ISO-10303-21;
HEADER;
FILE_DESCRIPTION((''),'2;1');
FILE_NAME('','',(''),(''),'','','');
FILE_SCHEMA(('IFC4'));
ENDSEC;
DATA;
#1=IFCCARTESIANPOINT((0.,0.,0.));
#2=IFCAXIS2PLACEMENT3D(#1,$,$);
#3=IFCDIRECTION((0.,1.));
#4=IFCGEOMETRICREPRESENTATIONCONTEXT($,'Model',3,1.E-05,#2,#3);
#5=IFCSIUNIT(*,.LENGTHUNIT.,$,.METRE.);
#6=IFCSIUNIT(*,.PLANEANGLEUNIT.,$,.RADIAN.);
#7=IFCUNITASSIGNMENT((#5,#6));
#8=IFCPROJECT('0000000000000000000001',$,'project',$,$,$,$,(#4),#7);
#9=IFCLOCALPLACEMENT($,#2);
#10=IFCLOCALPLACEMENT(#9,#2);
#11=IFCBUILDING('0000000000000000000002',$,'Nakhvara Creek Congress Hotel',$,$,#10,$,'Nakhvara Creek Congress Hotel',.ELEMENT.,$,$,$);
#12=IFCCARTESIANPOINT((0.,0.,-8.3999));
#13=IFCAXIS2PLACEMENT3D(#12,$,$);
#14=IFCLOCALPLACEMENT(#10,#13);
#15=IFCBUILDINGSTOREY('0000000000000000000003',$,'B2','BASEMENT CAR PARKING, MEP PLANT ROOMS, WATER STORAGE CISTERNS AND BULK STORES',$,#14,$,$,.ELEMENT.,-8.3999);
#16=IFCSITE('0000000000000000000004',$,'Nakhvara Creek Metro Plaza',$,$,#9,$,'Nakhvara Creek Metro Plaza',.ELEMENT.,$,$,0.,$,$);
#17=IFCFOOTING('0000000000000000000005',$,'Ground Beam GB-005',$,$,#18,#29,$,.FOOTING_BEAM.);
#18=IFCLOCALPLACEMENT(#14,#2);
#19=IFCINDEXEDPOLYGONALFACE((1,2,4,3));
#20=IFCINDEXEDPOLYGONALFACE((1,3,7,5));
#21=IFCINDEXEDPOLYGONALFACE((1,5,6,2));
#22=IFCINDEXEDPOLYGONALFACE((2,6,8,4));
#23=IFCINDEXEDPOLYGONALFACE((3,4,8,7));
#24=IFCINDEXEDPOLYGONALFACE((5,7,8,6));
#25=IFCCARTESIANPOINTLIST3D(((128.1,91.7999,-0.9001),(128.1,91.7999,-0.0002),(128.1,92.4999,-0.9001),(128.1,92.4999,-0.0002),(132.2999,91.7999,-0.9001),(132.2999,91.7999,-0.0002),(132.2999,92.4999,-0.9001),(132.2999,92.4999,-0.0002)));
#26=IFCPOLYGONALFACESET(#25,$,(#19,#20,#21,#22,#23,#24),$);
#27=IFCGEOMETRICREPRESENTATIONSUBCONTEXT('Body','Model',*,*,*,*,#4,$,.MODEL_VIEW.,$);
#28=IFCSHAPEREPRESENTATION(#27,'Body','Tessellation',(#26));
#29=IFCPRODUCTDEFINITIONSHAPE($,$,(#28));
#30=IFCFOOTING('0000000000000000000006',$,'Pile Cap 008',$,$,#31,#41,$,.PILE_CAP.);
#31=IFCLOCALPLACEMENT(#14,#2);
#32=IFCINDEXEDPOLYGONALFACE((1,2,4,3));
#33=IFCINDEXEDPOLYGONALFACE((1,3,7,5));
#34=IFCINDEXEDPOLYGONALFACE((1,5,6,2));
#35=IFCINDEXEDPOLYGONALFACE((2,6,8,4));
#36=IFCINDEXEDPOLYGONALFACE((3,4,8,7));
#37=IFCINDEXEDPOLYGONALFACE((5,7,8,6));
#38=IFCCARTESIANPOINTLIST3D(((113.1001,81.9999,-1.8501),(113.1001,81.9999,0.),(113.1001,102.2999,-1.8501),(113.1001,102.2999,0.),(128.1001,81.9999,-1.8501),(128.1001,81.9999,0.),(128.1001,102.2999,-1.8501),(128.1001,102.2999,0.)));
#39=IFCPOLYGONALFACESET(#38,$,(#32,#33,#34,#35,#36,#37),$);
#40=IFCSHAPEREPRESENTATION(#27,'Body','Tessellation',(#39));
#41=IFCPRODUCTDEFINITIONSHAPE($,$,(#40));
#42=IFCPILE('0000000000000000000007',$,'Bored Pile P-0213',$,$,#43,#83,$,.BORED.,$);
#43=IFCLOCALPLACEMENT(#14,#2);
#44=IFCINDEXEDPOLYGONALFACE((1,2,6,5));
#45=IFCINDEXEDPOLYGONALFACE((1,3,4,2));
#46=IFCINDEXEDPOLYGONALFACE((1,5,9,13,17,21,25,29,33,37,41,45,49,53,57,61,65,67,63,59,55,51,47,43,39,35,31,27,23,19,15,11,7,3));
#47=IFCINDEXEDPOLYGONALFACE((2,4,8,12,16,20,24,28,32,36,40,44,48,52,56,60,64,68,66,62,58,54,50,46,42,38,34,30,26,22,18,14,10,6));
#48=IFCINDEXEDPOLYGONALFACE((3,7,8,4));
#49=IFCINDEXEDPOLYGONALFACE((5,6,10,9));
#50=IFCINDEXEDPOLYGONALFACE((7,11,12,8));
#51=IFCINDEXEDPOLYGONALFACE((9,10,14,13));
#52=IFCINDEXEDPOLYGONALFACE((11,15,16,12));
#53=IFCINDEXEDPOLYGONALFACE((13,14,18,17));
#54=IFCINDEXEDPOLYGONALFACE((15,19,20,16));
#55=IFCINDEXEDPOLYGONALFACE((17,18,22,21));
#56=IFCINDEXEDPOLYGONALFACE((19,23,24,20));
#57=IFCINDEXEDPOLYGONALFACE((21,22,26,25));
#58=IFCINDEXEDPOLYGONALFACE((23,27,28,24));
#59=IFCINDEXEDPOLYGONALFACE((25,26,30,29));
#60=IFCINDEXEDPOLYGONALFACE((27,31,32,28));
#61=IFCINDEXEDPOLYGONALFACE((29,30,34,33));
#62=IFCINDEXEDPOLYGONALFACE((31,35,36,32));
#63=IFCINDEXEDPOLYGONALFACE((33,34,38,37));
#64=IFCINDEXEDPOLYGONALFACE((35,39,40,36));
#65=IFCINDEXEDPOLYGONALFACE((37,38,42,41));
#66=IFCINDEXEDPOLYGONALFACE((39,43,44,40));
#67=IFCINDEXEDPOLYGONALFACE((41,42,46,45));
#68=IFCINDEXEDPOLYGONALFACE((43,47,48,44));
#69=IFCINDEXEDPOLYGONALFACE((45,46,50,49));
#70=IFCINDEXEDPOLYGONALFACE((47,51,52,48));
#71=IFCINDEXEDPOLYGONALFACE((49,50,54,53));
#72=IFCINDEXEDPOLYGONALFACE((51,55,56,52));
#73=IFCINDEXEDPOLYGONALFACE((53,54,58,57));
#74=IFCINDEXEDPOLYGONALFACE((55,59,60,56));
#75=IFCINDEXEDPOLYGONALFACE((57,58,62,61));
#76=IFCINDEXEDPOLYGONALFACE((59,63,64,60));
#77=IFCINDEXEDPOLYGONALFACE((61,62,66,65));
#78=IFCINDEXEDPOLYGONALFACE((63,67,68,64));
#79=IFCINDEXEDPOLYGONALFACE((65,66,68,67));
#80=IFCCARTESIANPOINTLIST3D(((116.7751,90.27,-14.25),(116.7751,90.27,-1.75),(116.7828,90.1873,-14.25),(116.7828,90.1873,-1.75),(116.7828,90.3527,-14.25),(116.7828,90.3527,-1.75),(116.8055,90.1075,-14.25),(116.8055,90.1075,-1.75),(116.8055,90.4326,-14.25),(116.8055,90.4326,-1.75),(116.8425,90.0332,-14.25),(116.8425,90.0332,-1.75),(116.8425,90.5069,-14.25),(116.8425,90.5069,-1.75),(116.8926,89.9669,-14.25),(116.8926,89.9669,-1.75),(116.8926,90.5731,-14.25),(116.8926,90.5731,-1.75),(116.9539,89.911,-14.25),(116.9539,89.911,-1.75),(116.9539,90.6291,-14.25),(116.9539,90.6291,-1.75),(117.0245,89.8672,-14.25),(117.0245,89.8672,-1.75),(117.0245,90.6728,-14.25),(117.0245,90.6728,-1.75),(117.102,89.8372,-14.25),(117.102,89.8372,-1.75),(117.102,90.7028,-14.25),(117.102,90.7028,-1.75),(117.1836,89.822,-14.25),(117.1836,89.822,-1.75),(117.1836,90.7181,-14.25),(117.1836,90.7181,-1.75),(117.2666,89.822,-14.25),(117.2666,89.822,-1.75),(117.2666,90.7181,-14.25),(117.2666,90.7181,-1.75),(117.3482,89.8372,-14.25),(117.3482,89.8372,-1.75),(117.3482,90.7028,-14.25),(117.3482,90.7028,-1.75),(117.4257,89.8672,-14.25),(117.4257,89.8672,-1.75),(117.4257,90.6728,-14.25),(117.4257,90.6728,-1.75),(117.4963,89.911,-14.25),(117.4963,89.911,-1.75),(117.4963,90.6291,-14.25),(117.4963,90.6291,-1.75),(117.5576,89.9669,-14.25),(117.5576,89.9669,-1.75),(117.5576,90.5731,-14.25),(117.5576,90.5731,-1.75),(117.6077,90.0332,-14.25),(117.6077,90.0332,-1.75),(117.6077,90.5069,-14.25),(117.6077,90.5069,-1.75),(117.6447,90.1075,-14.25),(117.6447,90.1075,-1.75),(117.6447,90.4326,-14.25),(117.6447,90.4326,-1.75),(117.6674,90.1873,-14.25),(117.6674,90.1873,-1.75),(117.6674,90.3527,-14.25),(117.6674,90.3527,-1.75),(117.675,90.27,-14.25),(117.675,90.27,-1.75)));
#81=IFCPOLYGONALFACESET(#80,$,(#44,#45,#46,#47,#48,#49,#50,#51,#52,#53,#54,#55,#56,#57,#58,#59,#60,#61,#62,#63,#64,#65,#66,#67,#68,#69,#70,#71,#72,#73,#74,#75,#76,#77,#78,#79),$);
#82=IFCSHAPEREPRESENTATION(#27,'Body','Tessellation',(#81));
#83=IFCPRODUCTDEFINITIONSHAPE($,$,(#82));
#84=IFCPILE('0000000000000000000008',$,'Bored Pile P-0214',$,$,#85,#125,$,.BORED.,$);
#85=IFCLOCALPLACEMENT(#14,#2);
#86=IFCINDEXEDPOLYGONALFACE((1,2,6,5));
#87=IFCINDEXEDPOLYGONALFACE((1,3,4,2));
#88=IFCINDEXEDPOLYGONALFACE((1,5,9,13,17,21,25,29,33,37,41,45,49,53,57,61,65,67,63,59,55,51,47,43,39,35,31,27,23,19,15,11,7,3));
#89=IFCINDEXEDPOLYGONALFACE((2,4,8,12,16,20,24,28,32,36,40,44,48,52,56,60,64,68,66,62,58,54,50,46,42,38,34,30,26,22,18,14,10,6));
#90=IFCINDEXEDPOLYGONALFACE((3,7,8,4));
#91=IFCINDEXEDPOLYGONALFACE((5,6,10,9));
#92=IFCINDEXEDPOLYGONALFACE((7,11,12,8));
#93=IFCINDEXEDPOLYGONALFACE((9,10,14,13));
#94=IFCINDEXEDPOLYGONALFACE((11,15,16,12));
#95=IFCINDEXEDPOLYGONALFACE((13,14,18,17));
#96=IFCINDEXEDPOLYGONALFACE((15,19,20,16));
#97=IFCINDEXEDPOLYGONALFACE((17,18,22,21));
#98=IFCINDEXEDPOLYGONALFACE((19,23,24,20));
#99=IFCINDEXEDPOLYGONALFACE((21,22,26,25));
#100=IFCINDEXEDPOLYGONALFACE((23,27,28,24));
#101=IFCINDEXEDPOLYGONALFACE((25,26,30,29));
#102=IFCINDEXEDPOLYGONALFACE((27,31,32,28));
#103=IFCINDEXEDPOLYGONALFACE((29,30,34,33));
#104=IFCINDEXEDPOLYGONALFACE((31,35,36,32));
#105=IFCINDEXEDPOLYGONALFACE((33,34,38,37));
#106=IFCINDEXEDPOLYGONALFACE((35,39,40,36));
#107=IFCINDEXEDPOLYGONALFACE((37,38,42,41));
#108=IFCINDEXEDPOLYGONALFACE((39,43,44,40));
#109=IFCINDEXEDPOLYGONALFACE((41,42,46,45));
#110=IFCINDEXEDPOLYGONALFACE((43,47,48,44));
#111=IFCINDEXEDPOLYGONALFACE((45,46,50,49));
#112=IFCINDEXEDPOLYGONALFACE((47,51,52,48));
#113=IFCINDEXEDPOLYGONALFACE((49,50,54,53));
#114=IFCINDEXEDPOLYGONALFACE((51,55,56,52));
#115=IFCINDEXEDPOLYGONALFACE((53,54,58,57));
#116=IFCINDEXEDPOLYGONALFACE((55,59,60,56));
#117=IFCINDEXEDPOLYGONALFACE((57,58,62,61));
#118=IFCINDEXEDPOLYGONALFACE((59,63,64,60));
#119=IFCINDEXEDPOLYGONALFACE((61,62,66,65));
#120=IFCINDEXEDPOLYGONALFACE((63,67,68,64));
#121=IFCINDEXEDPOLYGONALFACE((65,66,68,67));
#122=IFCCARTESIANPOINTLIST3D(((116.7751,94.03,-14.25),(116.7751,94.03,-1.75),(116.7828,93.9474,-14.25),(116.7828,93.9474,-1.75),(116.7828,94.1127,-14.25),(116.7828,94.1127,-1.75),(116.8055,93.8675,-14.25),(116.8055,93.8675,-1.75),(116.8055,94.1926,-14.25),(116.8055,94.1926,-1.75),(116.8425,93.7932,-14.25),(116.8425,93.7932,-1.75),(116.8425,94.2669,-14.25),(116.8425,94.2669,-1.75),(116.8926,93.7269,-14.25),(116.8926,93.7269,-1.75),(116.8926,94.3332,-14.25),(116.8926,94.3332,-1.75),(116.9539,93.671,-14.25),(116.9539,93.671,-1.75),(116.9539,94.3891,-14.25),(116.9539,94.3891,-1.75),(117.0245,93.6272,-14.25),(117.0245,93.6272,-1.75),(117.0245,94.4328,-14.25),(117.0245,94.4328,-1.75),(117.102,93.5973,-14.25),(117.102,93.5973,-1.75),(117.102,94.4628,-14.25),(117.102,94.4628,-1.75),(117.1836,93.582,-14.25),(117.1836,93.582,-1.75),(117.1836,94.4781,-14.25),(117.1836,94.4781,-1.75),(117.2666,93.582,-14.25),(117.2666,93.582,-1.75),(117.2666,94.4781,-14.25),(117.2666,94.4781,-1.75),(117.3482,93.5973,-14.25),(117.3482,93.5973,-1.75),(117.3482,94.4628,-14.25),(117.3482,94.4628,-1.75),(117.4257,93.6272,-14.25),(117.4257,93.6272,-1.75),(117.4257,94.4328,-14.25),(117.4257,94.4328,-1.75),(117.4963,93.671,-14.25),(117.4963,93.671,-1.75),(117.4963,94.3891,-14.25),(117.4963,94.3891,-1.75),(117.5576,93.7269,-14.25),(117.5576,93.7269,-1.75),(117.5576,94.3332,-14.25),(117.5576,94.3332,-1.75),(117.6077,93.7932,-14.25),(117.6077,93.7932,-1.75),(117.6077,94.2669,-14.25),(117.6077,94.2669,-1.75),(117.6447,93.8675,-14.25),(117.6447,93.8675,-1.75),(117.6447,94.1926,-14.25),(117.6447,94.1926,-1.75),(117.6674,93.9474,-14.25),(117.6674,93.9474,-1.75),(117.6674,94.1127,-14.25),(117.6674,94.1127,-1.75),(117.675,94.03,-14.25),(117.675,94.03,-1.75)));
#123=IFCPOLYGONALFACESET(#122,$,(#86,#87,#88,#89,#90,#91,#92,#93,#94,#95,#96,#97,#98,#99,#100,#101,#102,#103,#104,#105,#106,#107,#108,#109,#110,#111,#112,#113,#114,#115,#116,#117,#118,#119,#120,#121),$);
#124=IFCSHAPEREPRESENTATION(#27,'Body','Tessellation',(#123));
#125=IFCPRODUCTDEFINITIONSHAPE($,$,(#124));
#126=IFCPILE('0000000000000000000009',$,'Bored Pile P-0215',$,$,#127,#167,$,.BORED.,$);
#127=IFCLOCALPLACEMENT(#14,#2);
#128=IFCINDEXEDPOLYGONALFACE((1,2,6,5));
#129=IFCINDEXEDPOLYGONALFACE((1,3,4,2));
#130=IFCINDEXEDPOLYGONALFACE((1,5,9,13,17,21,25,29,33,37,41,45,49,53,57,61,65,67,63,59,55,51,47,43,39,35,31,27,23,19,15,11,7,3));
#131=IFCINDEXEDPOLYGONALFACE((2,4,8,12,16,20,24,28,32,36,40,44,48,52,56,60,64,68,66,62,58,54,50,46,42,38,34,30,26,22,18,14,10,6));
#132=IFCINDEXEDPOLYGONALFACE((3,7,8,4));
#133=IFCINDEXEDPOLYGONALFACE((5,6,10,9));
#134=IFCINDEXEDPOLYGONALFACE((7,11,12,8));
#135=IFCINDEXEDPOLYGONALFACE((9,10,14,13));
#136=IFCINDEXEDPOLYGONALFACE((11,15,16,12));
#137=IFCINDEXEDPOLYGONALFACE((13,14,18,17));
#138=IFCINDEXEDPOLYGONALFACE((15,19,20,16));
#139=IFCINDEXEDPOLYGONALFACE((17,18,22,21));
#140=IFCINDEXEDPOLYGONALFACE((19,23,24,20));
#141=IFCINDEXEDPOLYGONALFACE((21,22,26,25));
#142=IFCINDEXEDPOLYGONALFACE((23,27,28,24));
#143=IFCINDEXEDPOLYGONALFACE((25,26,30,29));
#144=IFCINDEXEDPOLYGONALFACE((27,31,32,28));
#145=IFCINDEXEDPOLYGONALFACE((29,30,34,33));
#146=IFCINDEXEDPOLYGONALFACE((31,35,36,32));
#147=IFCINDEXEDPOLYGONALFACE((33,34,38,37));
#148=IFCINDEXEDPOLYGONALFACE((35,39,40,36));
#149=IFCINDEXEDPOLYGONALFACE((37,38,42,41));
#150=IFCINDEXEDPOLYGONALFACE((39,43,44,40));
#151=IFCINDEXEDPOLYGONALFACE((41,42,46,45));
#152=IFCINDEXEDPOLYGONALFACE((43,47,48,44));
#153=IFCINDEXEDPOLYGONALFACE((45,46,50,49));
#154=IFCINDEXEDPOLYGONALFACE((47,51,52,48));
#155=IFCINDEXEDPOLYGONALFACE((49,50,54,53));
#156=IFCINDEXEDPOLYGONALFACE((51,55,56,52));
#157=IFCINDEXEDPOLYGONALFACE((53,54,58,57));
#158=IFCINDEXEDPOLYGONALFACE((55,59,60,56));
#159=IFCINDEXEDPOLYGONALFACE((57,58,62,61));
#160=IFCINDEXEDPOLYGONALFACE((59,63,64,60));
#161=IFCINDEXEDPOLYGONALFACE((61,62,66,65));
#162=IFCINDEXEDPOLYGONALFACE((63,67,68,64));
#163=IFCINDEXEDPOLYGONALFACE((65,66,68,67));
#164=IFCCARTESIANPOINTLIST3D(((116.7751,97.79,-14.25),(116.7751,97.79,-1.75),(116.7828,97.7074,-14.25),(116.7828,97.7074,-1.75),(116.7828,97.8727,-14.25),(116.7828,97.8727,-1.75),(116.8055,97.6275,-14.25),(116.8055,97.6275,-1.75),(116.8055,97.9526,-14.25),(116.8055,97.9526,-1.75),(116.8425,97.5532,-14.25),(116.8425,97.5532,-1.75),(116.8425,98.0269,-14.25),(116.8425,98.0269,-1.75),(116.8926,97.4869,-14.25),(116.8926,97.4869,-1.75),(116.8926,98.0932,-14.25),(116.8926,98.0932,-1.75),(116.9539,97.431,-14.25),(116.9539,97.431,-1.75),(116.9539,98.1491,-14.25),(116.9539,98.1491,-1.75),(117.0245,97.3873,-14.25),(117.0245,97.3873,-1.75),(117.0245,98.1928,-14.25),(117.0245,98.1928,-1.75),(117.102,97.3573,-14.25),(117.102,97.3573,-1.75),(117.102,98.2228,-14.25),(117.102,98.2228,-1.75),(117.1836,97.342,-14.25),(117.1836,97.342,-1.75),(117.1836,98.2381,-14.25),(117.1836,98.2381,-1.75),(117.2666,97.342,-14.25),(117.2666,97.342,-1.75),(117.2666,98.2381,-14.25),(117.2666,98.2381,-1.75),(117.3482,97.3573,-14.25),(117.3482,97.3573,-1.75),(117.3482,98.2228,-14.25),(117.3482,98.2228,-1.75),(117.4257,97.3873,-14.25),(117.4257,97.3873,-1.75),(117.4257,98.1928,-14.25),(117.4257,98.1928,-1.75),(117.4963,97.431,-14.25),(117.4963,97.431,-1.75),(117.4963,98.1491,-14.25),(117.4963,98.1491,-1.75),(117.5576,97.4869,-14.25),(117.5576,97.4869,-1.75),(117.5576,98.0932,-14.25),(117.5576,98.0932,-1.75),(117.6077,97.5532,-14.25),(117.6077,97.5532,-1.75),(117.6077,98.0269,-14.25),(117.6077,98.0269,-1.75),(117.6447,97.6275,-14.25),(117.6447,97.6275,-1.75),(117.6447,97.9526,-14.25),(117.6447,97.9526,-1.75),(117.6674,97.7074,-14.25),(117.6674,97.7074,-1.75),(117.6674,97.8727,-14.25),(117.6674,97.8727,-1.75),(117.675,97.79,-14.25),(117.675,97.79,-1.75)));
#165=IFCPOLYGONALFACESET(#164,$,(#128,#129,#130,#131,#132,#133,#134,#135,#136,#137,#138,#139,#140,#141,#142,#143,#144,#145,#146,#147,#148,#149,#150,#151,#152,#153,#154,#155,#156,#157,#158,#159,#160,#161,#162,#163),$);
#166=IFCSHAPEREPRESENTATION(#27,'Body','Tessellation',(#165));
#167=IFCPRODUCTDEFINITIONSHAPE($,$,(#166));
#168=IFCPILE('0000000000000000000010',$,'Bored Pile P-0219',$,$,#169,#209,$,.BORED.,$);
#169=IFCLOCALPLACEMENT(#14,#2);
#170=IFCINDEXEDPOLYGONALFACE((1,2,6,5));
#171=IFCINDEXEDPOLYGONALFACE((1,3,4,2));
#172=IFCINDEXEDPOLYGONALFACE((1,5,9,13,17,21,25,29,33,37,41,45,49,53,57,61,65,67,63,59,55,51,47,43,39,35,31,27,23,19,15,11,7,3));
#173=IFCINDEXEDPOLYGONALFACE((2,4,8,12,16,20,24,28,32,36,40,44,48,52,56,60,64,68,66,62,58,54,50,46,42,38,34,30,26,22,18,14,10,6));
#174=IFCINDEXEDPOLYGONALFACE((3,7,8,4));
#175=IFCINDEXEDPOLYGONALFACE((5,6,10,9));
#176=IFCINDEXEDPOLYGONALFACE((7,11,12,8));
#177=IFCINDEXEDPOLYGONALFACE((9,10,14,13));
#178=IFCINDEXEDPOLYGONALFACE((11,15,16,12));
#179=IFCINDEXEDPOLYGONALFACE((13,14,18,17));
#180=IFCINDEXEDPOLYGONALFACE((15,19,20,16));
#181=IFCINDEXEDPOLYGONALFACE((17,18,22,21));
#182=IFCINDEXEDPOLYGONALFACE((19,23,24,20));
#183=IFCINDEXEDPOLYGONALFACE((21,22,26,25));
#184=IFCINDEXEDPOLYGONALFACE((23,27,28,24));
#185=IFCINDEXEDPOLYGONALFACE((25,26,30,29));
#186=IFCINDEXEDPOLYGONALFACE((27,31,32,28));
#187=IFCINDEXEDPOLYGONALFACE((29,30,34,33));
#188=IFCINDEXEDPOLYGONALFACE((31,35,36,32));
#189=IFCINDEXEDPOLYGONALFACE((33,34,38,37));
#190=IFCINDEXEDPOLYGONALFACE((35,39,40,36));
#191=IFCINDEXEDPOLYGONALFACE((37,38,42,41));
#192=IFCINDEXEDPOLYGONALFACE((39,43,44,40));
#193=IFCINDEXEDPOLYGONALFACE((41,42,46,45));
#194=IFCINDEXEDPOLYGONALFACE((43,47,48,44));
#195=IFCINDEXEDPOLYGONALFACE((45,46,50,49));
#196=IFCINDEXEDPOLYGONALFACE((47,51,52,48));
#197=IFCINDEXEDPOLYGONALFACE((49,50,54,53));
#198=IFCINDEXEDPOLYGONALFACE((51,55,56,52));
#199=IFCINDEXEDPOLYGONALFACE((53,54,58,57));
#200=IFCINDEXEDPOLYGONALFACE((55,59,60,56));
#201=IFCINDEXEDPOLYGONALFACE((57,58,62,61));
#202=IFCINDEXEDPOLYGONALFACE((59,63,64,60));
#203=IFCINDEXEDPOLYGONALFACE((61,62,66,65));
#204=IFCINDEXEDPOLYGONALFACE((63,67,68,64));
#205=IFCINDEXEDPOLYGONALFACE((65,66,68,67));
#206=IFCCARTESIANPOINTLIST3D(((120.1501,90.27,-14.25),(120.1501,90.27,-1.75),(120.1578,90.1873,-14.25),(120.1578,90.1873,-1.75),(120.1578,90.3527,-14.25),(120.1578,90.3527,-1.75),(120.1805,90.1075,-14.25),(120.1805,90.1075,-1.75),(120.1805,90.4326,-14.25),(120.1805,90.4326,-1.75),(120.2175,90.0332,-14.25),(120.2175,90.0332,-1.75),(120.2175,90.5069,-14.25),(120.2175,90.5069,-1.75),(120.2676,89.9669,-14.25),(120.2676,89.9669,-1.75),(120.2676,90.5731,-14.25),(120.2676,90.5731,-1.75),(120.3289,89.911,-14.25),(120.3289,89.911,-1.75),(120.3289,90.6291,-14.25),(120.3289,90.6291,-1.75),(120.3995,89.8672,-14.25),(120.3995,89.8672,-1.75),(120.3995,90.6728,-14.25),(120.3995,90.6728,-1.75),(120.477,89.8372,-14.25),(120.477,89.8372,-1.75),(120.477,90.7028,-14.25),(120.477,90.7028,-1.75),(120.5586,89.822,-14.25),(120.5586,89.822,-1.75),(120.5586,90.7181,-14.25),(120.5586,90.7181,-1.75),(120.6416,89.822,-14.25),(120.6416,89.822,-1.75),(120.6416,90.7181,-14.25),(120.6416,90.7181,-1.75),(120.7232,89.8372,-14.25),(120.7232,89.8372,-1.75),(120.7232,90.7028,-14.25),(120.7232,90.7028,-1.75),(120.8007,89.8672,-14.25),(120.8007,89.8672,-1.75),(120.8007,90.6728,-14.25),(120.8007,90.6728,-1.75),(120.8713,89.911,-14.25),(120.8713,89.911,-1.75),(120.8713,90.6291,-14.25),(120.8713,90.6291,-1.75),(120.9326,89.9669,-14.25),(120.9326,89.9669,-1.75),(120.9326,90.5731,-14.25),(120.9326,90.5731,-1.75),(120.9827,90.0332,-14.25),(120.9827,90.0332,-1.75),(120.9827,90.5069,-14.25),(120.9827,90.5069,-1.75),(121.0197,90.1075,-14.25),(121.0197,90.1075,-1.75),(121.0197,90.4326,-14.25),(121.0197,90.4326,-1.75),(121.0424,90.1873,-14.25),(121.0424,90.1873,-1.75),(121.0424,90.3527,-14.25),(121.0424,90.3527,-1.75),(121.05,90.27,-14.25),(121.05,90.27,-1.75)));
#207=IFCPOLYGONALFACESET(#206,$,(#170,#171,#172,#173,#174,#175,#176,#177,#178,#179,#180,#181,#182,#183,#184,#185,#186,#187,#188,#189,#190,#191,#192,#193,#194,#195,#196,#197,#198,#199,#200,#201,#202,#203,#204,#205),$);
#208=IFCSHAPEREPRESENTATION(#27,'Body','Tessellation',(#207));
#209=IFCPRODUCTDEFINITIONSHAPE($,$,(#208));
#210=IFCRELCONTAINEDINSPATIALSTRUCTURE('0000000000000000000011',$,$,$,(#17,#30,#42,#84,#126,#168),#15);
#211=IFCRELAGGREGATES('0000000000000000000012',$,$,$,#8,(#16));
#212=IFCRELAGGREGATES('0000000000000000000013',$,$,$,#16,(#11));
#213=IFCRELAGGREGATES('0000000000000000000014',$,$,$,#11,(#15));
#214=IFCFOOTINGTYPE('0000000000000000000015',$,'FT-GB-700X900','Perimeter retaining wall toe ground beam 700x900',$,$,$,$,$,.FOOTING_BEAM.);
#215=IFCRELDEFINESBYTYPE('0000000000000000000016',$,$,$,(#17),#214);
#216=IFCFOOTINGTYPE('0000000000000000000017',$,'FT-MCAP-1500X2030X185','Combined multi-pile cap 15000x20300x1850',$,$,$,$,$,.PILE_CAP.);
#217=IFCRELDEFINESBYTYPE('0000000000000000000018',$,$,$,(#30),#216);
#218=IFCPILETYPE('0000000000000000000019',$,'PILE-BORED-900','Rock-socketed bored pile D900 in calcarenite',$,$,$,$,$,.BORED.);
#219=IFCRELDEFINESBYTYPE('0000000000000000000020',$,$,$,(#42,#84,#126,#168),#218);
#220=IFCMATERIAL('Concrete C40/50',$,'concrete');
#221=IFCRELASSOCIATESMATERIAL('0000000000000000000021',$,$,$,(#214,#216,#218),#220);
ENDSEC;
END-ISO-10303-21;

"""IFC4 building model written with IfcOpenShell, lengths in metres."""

from ifc_helpers import new_model, si_unit, direction, frame, origin, origin_2d, place, context, subcontext, project, spatial, rectangle, circle, extrude, material, material_profile, profile_set, type_object, element, save


model = new_model("IFC4")

# Units and contexts
model_context = context("Model", 3, precision=1e-05, world=origin(), true_north=direction((0.0, 1.0)))
body_context = subcontext(model_context, "Body", "Model", "MODEL_VIEW")
ifc_project = project(units=[si_unit("LENGTHUNIT", "METRE"), si_unit("PLANEANGLEUNIT", "RADIAN")], contexts=[model_context])

# Site, building, storey
site_placement = place(None, origin())
site = spatial("IfcSite", under=ifc_project, at=site_placement, Name="Nakhvara Creek Metro Plaza", LongName="Nakhvara Creek Metro Plaza", CompositionType="ELEMENT", RefElevation=0.0)
building_placement = place(site_placement, origin())
building = spatial("IfcBuilding", under=site, at=building_placement, Name="Nakhvara Creek Congress Hotel", LongName="Nakhvara Creek Congress Hotel", CompositionType="ELEMENT")
storey_placement = place(building_placement, frame((0.0, 0.0, -8.3999)))
storey = spatial("IfcBuildingStorey", under=building, at=storey_placement, Name="B2", Description="BASEMENT CAR PARKING, MEP PLANT ROOMS, WATER STORAGE CISTERNS AND BULK STORES", CompositionType="ELEMENT", Elevation=-8.3999)

# Footings
ifc_material_1 = material(Name="Concrete C40/50", Category="concrete")
footing_type_1 = type_object("IfcFootingType", Name="FT-GB-700X900", Description="Perimeter retaining wall toe ground beam 700x900", PredefinedType="FOOTING_BEAM", material=ifc_material_1)
footing_1_placement = place(storey_placement, frame((130.2, 92.1499, -0.9001), z_axis=(0.0, 0.0, 1.0), x_axis=(1.0, 0.0, 0.0)))
element("IfcFooting", 1, at=footing_1_placement, inside=storey, type_object=footing_type_1, Name="Ground Beam GB-005", PredefinedType="FOOTING_BEAM", context=body_context, shape_type="SweptSolid", body=[
    extrude(rectangle(XDim=4.2, YDim=0.7, at=origin_2d()), origin(), (0.0, 0.0, 1.0), 0.8999),
])
footing_type_2 = type_object("IfcFootingType", Name="FT-MCAP-1500X2030X185", Description="Combined multi-pile cap 15000x20300x1850", PredefinedType="PILE_CAP", material=ifc_material_1)
footing_2_placement = place(storey_placement, frame((120.6001, 92.1499, -1.8501), z_axis=(0.0, 0.0, 1.0), x_axis=(1.0, 0.0, 0.0)))
element("IfcFooting", 2, at=footing_2_placement, inside=storey, type_object=footing_type_2, Name="Pile Cap 008", PredefinedType="PILE_CAP", context=body_context, shape_type="SweptSolid", body=[
    extrude(rectangle(XDim=15.0, YDim=20.3, at=origin_2d()), origin(), (0.0, 0.0, 1.0), 1.8501),
])

# Piles
ifc_material_profile_1 = material_profile(ifc_material_1, circle(Radius=0.45, at=origin_2d()), Name="BORED PILE D900", Category="LoadBearing")
ifc_profile_set_1 = profile_set([ifc_material_profile_1], Name="Concrete C40/50")
pile_type = type_object("IfcPileType", Name="PILE-BORED-900", Description="Rock-socketed bored pile D900 in calcarenite", PredefinedType="BORED", material=ifc_profile_set_1)
for number, where, z_axis, x_axis, name in (
    (3, (117.2251, 90.27, -1.75), (0.0, 0.0, -1.0), (1.0, 0.0, 0.0), "Bored Pile P-0213"),
    (4, (117.2251, 94.03, -1.75), (0.0, 0.0, -1.0), (1.0, 0.0, 0.0), "Bored Pile P-0214"),
    (5, (117.2251, 97.79, -1.75), (0.0, 0.0, -1.0), (1.0, 0.0, 0.0), "Bored Pile P-0215"),
    (6, (120.6001, 90.27, -1.75), (0.0, 0.0, -1.0), (1.0, 0.0, 0.0), "Bored Pile P-0219"),
):
    element("IfcPile", number, at=place(storey_placement, frame(where, z_axis=z_axis, x_axis=x_axis)), inside=storey, type_object=pile_type, Name=name, PredefinedType="BORED", context=body_context, shape_type="SweptSolid", body=[
        extrude(circle(Radius=0.45, at=origin_2d()), origin(), (0.0, 0.0, 1.0), 12.5),
    ])

save(model, "model.ifc")
